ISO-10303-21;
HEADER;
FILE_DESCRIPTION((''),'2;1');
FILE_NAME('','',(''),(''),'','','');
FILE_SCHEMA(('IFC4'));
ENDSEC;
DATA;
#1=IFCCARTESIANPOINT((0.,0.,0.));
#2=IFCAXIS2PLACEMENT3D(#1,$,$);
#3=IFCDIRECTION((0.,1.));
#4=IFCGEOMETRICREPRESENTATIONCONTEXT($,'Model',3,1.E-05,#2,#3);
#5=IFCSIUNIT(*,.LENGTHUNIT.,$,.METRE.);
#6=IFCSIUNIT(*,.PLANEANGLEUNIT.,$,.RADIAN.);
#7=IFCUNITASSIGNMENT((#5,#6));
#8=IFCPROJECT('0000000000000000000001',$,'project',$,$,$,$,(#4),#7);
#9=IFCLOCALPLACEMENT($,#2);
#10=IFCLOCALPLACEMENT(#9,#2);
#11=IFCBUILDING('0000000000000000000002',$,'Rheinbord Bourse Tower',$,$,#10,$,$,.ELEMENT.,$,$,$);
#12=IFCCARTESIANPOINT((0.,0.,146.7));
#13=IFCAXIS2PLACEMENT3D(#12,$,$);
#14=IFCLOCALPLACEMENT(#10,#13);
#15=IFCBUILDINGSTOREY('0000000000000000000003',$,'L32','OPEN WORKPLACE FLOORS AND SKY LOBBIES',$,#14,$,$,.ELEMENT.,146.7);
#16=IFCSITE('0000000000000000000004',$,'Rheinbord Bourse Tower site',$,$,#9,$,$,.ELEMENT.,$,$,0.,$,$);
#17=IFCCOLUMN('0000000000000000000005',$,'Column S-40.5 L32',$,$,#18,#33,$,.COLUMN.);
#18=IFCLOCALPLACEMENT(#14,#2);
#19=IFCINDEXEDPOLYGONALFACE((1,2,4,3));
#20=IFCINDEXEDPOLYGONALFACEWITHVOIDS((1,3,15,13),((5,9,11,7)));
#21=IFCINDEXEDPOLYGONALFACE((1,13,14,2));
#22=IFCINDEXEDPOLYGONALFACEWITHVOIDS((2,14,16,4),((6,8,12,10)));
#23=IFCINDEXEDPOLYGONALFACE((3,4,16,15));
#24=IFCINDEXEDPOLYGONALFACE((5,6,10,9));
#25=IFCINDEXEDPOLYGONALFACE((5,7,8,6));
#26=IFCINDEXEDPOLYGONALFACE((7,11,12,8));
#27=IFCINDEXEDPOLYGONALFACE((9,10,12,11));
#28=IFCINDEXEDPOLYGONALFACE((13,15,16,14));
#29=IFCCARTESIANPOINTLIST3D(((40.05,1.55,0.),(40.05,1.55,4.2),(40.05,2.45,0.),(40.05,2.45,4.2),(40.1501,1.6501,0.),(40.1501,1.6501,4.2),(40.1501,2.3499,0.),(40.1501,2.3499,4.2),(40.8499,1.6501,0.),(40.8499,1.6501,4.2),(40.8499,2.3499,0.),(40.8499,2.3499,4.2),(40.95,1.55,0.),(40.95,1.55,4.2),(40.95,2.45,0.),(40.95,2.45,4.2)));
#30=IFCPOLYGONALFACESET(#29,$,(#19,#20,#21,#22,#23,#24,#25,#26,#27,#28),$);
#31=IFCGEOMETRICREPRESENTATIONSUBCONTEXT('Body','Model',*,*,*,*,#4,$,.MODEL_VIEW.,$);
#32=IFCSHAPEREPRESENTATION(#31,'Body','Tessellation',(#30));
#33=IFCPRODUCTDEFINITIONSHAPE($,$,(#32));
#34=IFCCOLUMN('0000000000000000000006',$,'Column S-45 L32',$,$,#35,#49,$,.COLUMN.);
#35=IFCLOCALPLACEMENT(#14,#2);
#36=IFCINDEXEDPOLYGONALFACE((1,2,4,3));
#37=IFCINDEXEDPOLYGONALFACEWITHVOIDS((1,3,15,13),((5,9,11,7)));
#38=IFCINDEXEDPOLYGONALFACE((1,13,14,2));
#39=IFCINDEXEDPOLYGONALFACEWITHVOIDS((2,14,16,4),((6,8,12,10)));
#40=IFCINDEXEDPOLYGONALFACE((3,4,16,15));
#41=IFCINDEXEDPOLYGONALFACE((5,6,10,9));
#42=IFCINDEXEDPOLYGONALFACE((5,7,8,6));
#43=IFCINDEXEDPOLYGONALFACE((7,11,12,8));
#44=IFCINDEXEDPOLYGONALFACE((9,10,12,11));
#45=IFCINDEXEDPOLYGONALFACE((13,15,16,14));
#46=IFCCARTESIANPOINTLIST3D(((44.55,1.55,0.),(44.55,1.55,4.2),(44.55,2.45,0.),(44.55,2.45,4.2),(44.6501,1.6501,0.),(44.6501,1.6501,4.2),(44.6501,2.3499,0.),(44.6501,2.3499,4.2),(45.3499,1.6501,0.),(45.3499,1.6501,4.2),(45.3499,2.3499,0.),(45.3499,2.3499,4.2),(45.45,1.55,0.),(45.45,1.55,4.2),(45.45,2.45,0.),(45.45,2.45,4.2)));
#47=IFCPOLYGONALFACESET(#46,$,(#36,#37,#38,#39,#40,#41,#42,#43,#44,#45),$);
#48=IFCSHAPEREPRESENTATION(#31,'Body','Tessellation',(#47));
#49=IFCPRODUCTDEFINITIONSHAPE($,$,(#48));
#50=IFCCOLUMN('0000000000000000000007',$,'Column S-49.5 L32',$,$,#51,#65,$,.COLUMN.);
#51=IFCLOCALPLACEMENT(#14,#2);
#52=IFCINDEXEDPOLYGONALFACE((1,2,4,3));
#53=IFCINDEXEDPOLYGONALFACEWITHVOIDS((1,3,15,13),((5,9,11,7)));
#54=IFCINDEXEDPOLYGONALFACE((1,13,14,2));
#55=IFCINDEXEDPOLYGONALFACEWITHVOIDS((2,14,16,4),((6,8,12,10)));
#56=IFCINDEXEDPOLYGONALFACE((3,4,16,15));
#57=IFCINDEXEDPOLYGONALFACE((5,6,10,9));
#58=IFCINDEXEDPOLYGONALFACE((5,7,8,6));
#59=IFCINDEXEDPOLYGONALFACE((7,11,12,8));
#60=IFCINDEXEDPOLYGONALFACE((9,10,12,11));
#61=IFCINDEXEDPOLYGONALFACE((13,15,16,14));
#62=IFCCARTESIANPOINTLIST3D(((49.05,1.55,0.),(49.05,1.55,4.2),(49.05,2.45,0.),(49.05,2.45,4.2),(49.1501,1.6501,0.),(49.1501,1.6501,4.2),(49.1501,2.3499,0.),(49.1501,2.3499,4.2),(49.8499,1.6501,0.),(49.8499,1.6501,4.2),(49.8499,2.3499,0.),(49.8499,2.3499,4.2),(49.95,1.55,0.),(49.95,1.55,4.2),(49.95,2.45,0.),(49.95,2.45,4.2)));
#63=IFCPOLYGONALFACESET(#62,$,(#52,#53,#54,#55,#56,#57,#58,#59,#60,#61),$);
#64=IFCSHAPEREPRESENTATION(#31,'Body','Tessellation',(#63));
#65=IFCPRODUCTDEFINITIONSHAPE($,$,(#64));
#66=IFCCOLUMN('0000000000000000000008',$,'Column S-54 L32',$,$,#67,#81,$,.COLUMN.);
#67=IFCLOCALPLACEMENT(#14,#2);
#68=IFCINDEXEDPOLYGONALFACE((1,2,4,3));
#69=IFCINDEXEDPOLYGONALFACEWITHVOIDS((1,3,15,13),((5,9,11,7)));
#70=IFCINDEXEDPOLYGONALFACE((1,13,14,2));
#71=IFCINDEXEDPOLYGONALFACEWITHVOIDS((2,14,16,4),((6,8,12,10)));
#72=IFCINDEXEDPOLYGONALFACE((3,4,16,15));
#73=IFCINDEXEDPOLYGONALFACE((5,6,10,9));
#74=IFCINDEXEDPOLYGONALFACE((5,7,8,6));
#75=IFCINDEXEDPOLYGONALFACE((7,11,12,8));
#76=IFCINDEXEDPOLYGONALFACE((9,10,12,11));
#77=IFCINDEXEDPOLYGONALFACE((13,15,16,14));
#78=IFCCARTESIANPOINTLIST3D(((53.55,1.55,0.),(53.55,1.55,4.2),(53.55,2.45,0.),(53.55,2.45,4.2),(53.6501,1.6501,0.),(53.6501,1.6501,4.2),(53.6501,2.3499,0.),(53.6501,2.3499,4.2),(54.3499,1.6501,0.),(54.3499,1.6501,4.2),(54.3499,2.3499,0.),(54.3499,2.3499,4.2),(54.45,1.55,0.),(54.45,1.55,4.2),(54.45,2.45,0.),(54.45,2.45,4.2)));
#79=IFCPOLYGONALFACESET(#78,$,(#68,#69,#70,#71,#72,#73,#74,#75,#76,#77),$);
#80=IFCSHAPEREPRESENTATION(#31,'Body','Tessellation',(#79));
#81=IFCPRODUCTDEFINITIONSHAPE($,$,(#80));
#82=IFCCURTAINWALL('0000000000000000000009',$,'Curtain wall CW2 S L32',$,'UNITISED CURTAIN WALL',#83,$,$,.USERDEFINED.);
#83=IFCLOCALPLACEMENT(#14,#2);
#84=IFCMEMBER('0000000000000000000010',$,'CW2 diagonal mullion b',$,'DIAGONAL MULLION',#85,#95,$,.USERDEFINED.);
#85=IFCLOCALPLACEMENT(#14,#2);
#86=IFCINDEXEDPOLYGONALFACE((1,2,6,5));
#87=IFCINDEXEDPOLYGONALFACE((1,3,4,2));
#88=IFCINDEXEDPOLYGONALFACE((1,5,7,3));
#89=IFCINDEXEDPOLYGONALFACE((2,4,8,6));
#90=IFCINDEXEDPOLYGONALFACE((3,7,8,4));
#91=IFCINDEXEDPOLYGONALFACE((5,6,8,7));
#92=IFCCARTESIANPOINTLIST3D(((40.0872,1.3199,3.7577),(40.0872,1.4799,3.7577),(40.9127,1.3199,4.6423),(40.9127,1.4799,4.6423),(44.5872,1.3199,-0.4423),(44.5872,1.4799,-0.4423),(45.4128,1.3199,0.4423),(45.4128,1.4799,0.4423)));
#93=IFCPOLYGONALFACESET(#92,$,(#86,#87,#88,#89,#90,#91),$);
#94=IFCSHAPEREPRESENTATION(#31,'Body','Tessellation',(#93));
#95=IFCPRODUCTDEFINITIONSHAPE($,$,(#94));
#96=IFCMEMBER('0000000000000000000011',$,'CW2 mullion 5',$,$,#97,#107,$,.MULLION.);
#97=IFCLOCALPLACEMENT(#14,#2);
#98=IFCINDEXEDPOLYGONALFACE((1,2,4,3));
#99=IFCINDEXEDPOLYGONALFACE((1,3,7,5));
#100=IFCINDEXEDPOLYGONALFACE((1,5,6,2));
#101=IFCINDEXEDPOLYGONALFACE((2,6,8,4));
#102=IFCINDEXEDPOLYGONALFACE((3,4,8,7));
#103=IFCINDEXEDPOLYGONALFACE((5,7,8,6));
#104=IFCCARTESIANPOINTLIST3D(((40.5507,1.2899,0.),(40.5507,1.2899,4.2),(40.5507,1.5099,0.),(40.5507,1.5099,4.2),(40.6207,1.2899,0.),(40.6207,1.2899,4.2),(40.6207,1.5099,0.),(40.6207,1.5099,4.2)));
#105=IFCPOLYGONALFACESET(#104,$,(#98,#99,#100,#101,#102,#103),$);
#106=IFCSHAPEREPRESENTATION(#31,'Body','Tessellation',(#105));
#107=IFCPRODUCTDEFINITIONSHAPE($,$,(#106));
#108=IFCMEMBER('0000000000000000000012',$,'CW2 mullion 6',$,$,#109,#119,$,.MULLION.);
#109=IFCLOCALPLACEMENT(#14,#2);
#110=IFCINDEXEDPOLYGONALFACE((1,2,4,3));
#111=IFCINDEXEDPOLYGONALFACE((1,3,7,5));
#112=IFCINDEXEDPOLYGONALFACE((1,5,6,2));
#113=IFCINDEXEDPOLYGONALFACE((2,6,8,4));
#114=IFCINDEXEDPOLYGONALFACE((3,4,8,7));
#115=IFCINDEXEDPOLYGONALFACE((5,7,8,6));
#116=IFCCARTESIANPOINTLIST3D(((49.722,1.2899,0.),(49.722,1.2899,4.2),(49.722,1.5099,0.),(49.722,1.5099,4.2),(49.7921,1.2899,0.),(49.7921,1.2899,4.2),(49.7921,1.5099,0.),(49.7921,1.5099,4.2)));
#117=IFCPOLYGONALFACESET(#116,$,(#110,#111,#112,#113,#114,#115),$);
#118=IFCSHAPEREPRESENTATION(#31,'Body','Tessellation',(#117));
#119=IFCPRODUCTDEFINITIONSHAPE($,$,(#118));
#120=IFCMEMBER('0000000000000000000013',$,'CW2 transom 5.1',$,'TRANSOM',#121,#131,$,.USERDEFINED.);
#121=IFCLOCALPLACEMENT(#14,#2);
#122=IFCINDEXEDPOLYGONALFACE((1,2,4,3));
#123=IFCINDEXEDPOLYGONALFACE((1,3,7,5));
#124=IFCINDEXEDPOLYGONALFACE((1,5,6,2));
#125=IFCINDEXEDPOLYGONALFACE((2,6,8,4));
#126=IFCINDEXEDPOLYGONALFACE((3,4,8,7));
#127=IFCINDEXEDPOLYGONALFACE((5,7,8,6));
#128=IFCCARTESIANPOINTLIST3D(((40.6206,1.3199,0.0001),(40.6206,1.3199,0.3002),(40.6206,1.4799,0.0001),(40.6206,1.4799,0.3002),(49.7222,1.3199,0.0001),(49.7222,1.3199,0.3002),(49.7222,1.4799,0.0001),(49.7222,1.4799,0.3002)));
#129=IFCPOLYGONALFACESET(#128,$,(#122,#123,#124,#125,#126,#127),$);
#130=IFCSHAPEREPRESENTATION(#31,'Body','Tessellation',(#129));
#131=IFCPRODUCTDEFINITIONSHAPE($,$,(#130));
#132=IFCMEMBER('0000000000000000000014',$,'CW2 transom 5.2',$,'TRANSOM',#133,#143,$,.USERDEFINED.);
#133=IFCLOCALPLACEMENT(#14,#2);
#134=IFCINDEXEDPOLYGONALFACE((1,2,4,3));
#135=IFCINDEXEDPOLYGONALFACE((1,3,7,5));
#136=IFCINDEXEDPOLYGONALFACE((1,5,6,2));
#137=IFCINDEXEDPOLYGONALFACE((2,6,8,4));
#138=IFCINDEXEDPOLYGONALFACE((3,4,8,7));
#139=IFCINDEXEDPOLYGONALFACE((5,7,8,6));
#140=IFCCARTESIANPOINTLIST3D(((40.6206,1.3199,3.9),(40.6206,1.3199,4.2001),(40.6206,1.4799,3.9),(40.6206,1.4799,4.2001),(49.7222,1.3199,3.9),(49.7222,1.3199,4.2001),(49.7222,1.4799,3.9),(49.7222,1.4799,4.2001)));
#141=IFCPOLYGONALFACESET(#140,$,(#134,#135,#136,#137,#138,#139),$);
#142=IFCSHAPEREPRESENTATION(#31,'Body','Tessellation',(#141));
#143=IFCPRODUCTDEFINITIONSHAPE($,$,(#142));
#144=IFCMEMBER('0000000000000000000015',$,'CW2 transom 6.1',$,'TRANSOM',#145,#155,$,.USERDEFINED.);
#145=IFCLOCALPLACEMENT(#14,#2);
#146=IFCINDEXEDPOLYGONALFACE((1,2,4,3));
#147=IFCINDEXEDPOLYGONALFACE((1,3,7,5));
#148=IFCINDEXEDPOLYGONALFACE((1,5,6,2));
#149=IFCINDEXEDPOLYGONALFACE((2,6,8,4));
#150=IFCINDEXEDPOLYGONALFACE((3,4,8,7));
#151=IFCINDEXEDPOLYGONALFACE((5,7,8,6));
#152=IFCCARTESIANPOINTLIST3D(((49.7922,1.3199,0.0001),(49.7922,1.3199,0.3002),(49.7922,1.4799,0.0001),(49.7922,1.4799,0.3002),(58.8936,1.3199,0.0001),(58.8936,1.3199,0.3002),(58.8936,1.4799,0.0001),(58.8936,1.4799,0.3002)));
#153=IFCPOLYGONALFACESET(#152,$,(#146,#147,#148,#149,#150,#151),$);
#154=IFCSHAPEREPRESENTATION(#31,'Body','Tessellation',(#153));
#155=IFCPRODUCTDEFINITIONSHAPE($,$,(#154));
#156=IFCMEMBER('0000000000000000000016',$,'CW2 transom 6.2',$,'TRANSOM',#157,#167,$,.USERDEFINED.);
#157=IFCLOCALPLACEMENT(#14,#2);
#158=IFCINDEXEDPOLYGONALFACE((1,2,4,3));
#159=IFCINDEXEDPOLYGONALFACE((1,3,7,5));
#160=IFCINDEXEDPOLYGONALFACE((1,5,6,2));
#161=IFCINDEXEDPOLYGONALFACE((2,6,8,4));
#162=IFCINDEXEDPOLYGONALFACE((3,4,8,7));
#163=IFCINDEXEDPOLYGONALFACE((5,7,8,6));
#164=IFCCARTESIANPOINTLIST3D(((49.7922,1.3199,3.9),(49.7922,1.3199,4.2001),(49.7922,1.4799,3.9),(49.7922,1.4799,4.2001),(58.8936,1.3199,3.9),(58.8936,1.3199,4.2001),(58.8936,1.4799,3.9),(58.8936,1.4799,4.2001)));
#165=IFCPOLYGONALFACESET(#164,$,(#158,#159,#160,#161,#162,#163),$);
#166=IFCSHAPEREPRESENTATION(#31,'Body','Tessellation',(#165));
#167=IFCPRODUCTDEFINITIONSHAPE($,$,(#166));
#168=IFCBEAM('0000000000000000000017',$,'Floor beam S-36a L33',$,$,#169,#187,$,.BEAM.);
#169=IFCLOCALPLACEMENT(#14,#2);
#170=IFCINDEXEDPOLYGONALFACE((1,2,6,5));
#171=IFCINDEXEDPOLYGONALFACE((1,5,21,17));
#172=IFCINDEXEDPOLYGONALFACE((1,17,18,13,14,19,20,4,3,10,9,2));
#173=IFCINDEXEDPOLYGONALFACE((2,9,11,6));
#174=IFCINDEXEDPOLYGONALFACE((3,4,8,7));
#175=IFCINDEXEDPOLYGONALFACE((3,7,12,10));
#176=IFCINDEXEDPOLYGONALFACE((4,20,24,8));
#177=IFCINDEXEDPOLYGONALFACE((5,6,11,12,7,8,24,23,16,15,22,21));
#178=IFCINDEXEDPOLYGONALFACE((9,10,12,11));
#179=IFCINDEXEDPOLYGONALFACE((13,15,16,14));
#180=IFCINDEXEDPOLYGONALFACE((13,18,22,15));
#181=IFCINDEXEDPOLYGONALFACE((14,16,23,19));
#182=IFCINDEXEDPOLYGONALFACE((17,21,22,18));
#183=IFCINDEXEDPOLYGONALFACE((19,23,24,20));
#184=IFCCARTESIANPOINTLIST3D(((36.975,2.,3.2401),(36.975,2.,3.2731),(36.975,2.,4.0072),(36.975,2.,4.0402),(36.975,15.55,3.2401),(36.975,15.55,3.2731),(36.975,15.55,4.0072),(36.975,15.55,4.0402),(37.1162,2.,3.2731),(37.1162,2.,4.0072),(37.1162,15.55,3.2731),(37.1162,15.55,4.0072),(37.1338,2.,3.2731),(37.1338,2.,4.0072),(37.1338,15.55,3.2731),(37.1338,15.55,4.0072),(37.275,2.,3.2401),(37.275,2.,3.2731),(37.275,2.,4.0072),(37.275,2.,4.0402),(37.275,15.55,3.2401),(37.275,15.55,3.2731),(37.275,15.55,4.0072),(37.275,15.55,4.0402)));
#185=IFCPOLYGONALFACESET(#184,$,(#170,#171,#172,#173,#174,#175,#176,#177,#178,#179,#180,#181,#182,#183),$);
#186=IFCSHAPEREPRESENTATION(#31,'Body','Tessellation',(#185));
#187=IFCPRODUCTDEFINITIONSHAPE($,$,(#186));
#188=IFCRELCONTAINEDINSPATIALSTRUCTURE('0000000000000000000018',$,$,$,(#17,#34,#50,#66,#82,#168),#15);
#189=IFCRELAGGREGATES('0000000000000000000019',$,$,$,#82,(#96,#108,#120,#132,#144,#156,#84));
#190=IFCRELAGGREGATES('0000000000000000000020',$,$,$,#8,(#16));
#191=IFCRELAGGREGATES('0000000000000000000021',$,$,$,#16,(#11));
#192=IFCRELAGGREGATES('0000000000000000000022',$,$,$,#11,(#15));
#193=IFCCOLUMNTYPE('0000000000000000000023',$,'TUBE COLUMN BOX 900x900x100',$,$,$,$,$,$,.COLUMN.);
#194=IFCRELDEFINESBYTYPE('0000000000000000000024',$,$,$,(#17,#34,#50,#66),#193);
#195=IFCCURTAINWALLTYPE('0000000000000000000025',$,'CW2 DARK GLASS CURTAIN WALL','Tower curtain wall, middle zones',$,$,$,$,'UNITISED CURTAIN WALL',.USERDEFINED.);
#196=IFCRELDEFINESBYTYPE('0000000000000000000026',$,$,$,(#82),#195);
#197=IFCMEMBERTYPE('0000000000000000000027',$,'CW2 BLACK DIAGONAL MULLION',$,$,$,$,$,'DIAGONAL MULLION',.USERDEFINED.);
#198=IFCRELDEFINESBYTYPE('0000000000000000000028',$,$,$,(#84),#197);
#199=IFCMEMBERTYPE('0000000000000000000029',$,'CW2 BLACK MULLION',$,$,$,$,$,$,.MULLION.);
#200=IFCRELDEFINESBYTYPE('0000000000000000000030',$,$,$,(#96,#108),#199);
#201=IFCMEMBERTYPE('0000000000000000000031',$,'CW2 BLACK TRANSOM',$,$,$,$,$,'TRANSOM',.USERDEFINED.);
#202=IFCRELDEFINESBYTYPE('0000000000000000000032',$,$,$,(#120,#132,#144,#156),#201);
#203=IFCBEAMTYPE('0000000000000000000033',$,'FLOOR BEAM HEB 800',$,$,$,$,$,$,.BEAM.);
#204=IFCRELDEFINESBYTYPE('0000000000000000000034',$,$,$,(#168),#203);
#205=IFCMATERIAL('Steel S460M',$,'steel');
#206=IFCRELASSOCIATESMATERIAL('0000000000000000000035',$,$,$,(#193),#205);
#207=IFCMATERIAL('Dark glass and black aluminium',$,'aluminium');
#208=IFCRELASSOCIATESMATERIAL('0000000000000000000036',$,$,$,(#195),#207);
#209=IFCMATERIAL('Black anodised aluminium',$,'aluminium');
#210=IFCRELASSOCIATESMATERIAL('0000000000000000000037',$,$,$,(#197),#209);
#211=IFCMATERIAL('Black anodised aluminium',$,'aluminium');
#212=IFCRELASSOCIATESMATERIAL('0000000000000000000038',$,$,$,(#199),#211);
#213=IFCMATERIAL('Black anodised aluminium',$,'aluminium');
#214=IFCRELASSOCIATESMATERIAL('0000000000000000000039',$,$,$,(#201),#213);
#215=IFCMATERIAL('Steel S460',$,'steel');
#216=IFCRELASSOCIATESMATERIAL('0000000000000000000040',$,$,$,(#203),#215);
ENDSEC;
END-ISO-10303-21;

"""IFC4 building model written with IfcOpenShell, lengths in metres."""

from ifc_helpers import new_model, si_unit, direction, frame, origin, origin_2d, place, context, subcontext, project, spatial, rectangle, hollow_rectangle, i_section, extrude, material, material_profile, profile_set, type_object, element, aggregate, save


model = new_model("IFC4")

# Units and contexts
model_context = context("Model", 3, precision=1e-05, world=origin(), true_north=direction((0.0, 1.0)))
body_context = subcontext(model_context, "Body", "Model", "MODEL_VIEW")
ifc_project = project(units=[si_unit("LENGTHUNIT", "METRE"), si_unit("PLANEANGLEUNIT", "RADIAN")], contexts=[model_context])

# Site, building, storey
site_placement = place(None, origin())
site = spatial("IfcSite", under=ifc_project, at=site_placement, Name="Rheinbord Bourse Tower site", CompositionType="ELEMENT", RefElevation=0.0)
building_placement = place(site_placement, origin())
building = spatial("IfcBuilding", under=site, at=building_placement, Name="Rheinbord Bourse Tower", CompositionType="ELEMENT")
storey_placement = place(building_placement, frame((0.0, 0.0, 146.7)))
storey = spatial("IfcBuildingStorey", under=building, at=storey_placement, Name="L32", Description="OPEN WORKPLACE FLOORS AND SKY LOBBIES", CompositionType="ELEMENT", Elevation=146.7)

# Columns
ifc_material_1 = material(Name="Steel S460M", Category="steel")
ifc_material_profile_1 = material_profile(ifc_material_1, hollow_rectangle(XDim=0.8999, YDim=0.8999, WallThickness=0.1001, at=origin_2d()), Name="BOX 900x900x100")
ifc_profile_set_1 = profile_set([ifc_material_profile_1], Name="Steel S460M")
column_type = type_object("IfcColumnType", Name="TUBE COLUMN BOX 900x900x100", PredefinedType="COLUMN", material=ifc_profile_set_1)
for number, where, z_axis, x_axis, name in (
    (1, (40.5, 2.0, 0.0), (0.0, 0.0, 1.0), (0.0, 1.0, 0.0), "Column S-40.5 L32"),
    (2, (45.0, 2.0, 0.0), (0.0, 0.0, 1.0), (0.0, 1.0, 0.0), "Column S-45 L32"),
    (3, (49.5, 2.0, 0.0), (0.0, 0.0, 1.0), (0.0, 1.0, 0.0), "Column S-49.5 L32"),
    (4, (54.0, 2.0, 0.0), (0.0, 0.0, 1.0), (0.0, 1.0, 0.0), "Column S-54 L32"),
):
    element("IfcColumn", number, at=place(storey_placement, frame(where, z_axis=z_axis, x_axis=x_axis)), inside=storey, type_object=column_type, Name=name, PredefinedType="COLUMN", context=body_context, shape_type="SweptSolid", body=[
        extrude(hollow_rectangle(XDim=0.8999, YDim=0.8999, WallThickness=0.1001, at=origin_2d()), origin(), (0.0, 0.0, 1.0), 4.2),
    ])

# Curtain wall, members
ifc_material_2 = material(Name="Dark glass and black aluminium", Category="aluminium")
curtain_wall_type = type_object("IfcCurtainWallType", Name="CW2 DARK GLASS CURTAIN WALL", Description="Tower curtain wall, middle zones", ElementType="UNITISED CURTAIN WALL", PredefinedType="USERDEFINED", material=ifc_material_2)
curtain_wall_placement = place(storey_placement, origin())
curtain_wall = element("IfcCurtainWall", 5, at=curtain_wall_placement, inside=storey, type_object=curtain_wall_type, Name="Curtain wall CW2 S L32", ObjectType="UNITISED CURTAIN WALL", PredefinedType="USERDEFINED")
ifc_material_3 = material(Name="Black anodised aluminium", Category="aluminium")
ifc_material_profile_2 = material_profile(ifc_material_3, rectangle(XDim=0.1599, YDim=1.21, at=origin_2d()), Name="CW2 DIAGONAL MULLION 1210x160")
ifc_profile_set_2 = profile_set([ifc_material_profile_2], Name="Black anodised aluminium")
member_type_1 = type_object("IfcMemberType", Name="CW2 BLACK DIAGONAL MULLION", ElementType="DIAGONAL MULLION", PredefinedType="USERDEFINED", material=ifc_profile_set_2)
member_1_placement = place(storey_placement, frame((45.0, 1.3999, 0.0), z_axis=(-0.731059, 0.0, 0.682314), x_axis=(0.0, -1.0, 0.0)))
member_1 = element("IfcMember", 6, at=member_1_placement, type_object=member_type_1, Name="CW2 diagonal mullion b", ObjectType="DIAGONAL MULLION", PredefinedType="USERDEFINED", context=body_context, shape_type="SweptSolid", body=[
    extrude(rectangle(XDim=0.1599, YDim=1.21, at=origin_2d()), origin(), (0.0, 0.0, 1.0), 6.1555),
])
ifc_material_4 = material(Name="Black anodised aluminium", Category="aluminium")
ifc_material_profile_3 = material_profile(ifc_material_4, rectangle(XDim=0.22, YDim=0.0701, at=origin_2d()), Name="CW2 MULLION 70x220")
ifc_profile_set_3 = profile_set([ifc_material_profile_3], Name="Black anodised aluminium")
member_type_2 = type_object("IfcMemberType", Name="CW2 BLACK MULLION", PredefinedType="MULLION", material=ifc_profile_set_3)
member_2_placement = place(storey_placement, frame((40.5857, 1.3999, 0.0), z_axis=(0.0, 0.0, 1.0), x_axis=(0.0, 1.0, 0.0)))
member_2 = element("IfcMember", 7, at=member_2_placement, type_object=member_type_2, Name="CW2 mullion 5", PredefinedType="MULLION", context=body_context, shape_type="SweptSolid", body=[
    extrude(rectangle(XDim=0.22, YDim=0.0701, at=origin_2d()), origin(), (0.0, 0.0, 1.0), 4.2),
])
member_3_placement = place(storey_placement, frame((49.7571, 1.3999, 0.0), z_axis=(0.0, 0.0, 1.0), x_axis=(0.0, 1.0, 0.0)))
member_3 = element("IfcMember", 8, at=member_3_placement, type_object=member_type_2, Name="CW2 mullion 6", PredefinedType="MULLION", context=body_context, shape_type="SweptSolid", body=[
    extrude(rectangle(XDim=0.22, YDim=0.0701, at=origin_2d()), origin(), (0.0, 0.0, 1.0), 4.2),
])
ifc_material_5 = material(Name="Black anodised aluminium", Category="aluminium")
ifc_material_profile_4 = material_profile(ifc_material_5, rectangle(XDim=0.1599, YDim=0.3, at=origin_2d()), Name="CW2 TRANSOM 300x160")
ifc_profile_set_4 = profile_set([ifc_material_profile_4], Name="Black anodised aluminium")
member_type_3 = type_object("IfcMemberType", Name="CW2 BLACK TRANSOM", ElementType="TRANSOM", PredefinedType="USERDEFINED", material=ifc_profile_set_4)
member_4_placement = place(storey_placement, frame((40.6206, 1.3999, 0.1501), z_axis=(1.0, 0.0, 0.0), x_axis=(0.0, 1.0, 0.0)))
member_4 = element("IfcMember", 9, at=member_4_placement, type_object=member_type_3, Name="CW2 transom 5.1", ObjectType="TRANSOM", PredefinedType="USERDEFINED", context=body_context, shape_type="SweptSolid", body=[
    extrude(rectangle(XDim=0.1599, YDim=0.3, at=origin_2d()), origin(), (0.0, 0.0, 1.0), 9.1016),
])
member_5_placement = place(storey_placement, frame((40.6206, 1.3999, 4.05), z_axis=(1.0, 0.0, 0.0), x_axis=(0.0, 1.0, 0.0)))
member_5 = element("IfcMember", 10, at=member_5_placement, type_object=member_type_3, Name="CW2 transom 5.2", ObjectType="TRANSOM", PredefinedType="USERDEFINED", context=body_context, shape_type="SweptSolid", body=[
    extrude(rectangle(XDim=0.1599, YDim=0.3, at=origin_2d()), origin(), (0.0, 0.0, 1.0), 9.1016),
])
member_6_placement = place(storey_placement, frame((49.7922, 1.3999, 0.1501), z_axis=(1.0, 0.0, 0.0), x_axis=(0.0, 1.0, 0.0)))
member_6 = element("IfcMember", 11, at=member_6_placement, type_object=member_type_3, Name="CW2 transom 6.1", ObjectType="TRANSOM", PredefinedType="USERDEFINED", context=body_context, shape_type="SweptSolid", body=[
    extrude(rectangle(XDim=0.1599, YDim=0.3, at=origin_2d()), origin(), (0.0, 0.0, 1.0), 9.1013),
])
member_7_placement = place(storey_placement, frame((49.7922, 1.3999, 4.05), z_axis=(1.0, 0.0, 0.0), x_axis=(0.0, 1.0, 0.0)))
member_7 = element("IfcMember", 12, at=member_7_placement, type_object=member_type_3, Name="CW2 transom 6.2", ObjectType="TRANSOM", PredefinedType="USERDEFINED", context=body_context, shape_type="SweptSolid", body=[
    extrude(rectangle(XDim=0.1599, YDim=0.3, at=origin_2d()), origin(), (0.0, 0.0, 1.0), 9.1013),
])

# Beam
ifc_material_6 = material(Name="Steel S460", Category="steel")
ifc_material_profile_5 = material_profile(ifc_material_6, i_section(OverallWidth=0.3, OverallDepth=0.8, WebThickness=0.0176, FlangeThickness=0.033, at=origin_2d()), Name="HEB 800")
ifc_profile_set_5 = profile_set([ifc_material_profile_5], Name="Steel S460")
beam_type_1 = type_object("IfcBeamType", Name="FLOOR BEAM HEB 800", PredefinedType="BEAM", material=ifc_profile_set_5)
for number, where, z_axis, x_axis, name in (
    (13, (37.125, 2.0, 3.6401), (0.0, 1.0, 0.0), (-1.0, 0.0, 0.0), "Floor beam S-36a L33"),
):
    element("IfcBeam", number, at=place(storey_placement, frame(where, z_axis=z_axis, x_axis=x_axis)), inside=storey, type_object=beam_type_1, Name=name, PredefinedType="BEAM", context=body_context, shape_type="SweptSolid", body=[
        extrude(i_section(OverallWidth=0.3, OverallDepth=0.8, WebThickness=0.0176, FlangeThickness=0.033, at=origin_2d()), origin(), (0.0, 0.0, 1.0), 13.55),
    ])

aggregate(curtain_wall, [member_2, member_3, member_4, member_5, member_6, member_7, member_1])

save(model, "model.ifc")
